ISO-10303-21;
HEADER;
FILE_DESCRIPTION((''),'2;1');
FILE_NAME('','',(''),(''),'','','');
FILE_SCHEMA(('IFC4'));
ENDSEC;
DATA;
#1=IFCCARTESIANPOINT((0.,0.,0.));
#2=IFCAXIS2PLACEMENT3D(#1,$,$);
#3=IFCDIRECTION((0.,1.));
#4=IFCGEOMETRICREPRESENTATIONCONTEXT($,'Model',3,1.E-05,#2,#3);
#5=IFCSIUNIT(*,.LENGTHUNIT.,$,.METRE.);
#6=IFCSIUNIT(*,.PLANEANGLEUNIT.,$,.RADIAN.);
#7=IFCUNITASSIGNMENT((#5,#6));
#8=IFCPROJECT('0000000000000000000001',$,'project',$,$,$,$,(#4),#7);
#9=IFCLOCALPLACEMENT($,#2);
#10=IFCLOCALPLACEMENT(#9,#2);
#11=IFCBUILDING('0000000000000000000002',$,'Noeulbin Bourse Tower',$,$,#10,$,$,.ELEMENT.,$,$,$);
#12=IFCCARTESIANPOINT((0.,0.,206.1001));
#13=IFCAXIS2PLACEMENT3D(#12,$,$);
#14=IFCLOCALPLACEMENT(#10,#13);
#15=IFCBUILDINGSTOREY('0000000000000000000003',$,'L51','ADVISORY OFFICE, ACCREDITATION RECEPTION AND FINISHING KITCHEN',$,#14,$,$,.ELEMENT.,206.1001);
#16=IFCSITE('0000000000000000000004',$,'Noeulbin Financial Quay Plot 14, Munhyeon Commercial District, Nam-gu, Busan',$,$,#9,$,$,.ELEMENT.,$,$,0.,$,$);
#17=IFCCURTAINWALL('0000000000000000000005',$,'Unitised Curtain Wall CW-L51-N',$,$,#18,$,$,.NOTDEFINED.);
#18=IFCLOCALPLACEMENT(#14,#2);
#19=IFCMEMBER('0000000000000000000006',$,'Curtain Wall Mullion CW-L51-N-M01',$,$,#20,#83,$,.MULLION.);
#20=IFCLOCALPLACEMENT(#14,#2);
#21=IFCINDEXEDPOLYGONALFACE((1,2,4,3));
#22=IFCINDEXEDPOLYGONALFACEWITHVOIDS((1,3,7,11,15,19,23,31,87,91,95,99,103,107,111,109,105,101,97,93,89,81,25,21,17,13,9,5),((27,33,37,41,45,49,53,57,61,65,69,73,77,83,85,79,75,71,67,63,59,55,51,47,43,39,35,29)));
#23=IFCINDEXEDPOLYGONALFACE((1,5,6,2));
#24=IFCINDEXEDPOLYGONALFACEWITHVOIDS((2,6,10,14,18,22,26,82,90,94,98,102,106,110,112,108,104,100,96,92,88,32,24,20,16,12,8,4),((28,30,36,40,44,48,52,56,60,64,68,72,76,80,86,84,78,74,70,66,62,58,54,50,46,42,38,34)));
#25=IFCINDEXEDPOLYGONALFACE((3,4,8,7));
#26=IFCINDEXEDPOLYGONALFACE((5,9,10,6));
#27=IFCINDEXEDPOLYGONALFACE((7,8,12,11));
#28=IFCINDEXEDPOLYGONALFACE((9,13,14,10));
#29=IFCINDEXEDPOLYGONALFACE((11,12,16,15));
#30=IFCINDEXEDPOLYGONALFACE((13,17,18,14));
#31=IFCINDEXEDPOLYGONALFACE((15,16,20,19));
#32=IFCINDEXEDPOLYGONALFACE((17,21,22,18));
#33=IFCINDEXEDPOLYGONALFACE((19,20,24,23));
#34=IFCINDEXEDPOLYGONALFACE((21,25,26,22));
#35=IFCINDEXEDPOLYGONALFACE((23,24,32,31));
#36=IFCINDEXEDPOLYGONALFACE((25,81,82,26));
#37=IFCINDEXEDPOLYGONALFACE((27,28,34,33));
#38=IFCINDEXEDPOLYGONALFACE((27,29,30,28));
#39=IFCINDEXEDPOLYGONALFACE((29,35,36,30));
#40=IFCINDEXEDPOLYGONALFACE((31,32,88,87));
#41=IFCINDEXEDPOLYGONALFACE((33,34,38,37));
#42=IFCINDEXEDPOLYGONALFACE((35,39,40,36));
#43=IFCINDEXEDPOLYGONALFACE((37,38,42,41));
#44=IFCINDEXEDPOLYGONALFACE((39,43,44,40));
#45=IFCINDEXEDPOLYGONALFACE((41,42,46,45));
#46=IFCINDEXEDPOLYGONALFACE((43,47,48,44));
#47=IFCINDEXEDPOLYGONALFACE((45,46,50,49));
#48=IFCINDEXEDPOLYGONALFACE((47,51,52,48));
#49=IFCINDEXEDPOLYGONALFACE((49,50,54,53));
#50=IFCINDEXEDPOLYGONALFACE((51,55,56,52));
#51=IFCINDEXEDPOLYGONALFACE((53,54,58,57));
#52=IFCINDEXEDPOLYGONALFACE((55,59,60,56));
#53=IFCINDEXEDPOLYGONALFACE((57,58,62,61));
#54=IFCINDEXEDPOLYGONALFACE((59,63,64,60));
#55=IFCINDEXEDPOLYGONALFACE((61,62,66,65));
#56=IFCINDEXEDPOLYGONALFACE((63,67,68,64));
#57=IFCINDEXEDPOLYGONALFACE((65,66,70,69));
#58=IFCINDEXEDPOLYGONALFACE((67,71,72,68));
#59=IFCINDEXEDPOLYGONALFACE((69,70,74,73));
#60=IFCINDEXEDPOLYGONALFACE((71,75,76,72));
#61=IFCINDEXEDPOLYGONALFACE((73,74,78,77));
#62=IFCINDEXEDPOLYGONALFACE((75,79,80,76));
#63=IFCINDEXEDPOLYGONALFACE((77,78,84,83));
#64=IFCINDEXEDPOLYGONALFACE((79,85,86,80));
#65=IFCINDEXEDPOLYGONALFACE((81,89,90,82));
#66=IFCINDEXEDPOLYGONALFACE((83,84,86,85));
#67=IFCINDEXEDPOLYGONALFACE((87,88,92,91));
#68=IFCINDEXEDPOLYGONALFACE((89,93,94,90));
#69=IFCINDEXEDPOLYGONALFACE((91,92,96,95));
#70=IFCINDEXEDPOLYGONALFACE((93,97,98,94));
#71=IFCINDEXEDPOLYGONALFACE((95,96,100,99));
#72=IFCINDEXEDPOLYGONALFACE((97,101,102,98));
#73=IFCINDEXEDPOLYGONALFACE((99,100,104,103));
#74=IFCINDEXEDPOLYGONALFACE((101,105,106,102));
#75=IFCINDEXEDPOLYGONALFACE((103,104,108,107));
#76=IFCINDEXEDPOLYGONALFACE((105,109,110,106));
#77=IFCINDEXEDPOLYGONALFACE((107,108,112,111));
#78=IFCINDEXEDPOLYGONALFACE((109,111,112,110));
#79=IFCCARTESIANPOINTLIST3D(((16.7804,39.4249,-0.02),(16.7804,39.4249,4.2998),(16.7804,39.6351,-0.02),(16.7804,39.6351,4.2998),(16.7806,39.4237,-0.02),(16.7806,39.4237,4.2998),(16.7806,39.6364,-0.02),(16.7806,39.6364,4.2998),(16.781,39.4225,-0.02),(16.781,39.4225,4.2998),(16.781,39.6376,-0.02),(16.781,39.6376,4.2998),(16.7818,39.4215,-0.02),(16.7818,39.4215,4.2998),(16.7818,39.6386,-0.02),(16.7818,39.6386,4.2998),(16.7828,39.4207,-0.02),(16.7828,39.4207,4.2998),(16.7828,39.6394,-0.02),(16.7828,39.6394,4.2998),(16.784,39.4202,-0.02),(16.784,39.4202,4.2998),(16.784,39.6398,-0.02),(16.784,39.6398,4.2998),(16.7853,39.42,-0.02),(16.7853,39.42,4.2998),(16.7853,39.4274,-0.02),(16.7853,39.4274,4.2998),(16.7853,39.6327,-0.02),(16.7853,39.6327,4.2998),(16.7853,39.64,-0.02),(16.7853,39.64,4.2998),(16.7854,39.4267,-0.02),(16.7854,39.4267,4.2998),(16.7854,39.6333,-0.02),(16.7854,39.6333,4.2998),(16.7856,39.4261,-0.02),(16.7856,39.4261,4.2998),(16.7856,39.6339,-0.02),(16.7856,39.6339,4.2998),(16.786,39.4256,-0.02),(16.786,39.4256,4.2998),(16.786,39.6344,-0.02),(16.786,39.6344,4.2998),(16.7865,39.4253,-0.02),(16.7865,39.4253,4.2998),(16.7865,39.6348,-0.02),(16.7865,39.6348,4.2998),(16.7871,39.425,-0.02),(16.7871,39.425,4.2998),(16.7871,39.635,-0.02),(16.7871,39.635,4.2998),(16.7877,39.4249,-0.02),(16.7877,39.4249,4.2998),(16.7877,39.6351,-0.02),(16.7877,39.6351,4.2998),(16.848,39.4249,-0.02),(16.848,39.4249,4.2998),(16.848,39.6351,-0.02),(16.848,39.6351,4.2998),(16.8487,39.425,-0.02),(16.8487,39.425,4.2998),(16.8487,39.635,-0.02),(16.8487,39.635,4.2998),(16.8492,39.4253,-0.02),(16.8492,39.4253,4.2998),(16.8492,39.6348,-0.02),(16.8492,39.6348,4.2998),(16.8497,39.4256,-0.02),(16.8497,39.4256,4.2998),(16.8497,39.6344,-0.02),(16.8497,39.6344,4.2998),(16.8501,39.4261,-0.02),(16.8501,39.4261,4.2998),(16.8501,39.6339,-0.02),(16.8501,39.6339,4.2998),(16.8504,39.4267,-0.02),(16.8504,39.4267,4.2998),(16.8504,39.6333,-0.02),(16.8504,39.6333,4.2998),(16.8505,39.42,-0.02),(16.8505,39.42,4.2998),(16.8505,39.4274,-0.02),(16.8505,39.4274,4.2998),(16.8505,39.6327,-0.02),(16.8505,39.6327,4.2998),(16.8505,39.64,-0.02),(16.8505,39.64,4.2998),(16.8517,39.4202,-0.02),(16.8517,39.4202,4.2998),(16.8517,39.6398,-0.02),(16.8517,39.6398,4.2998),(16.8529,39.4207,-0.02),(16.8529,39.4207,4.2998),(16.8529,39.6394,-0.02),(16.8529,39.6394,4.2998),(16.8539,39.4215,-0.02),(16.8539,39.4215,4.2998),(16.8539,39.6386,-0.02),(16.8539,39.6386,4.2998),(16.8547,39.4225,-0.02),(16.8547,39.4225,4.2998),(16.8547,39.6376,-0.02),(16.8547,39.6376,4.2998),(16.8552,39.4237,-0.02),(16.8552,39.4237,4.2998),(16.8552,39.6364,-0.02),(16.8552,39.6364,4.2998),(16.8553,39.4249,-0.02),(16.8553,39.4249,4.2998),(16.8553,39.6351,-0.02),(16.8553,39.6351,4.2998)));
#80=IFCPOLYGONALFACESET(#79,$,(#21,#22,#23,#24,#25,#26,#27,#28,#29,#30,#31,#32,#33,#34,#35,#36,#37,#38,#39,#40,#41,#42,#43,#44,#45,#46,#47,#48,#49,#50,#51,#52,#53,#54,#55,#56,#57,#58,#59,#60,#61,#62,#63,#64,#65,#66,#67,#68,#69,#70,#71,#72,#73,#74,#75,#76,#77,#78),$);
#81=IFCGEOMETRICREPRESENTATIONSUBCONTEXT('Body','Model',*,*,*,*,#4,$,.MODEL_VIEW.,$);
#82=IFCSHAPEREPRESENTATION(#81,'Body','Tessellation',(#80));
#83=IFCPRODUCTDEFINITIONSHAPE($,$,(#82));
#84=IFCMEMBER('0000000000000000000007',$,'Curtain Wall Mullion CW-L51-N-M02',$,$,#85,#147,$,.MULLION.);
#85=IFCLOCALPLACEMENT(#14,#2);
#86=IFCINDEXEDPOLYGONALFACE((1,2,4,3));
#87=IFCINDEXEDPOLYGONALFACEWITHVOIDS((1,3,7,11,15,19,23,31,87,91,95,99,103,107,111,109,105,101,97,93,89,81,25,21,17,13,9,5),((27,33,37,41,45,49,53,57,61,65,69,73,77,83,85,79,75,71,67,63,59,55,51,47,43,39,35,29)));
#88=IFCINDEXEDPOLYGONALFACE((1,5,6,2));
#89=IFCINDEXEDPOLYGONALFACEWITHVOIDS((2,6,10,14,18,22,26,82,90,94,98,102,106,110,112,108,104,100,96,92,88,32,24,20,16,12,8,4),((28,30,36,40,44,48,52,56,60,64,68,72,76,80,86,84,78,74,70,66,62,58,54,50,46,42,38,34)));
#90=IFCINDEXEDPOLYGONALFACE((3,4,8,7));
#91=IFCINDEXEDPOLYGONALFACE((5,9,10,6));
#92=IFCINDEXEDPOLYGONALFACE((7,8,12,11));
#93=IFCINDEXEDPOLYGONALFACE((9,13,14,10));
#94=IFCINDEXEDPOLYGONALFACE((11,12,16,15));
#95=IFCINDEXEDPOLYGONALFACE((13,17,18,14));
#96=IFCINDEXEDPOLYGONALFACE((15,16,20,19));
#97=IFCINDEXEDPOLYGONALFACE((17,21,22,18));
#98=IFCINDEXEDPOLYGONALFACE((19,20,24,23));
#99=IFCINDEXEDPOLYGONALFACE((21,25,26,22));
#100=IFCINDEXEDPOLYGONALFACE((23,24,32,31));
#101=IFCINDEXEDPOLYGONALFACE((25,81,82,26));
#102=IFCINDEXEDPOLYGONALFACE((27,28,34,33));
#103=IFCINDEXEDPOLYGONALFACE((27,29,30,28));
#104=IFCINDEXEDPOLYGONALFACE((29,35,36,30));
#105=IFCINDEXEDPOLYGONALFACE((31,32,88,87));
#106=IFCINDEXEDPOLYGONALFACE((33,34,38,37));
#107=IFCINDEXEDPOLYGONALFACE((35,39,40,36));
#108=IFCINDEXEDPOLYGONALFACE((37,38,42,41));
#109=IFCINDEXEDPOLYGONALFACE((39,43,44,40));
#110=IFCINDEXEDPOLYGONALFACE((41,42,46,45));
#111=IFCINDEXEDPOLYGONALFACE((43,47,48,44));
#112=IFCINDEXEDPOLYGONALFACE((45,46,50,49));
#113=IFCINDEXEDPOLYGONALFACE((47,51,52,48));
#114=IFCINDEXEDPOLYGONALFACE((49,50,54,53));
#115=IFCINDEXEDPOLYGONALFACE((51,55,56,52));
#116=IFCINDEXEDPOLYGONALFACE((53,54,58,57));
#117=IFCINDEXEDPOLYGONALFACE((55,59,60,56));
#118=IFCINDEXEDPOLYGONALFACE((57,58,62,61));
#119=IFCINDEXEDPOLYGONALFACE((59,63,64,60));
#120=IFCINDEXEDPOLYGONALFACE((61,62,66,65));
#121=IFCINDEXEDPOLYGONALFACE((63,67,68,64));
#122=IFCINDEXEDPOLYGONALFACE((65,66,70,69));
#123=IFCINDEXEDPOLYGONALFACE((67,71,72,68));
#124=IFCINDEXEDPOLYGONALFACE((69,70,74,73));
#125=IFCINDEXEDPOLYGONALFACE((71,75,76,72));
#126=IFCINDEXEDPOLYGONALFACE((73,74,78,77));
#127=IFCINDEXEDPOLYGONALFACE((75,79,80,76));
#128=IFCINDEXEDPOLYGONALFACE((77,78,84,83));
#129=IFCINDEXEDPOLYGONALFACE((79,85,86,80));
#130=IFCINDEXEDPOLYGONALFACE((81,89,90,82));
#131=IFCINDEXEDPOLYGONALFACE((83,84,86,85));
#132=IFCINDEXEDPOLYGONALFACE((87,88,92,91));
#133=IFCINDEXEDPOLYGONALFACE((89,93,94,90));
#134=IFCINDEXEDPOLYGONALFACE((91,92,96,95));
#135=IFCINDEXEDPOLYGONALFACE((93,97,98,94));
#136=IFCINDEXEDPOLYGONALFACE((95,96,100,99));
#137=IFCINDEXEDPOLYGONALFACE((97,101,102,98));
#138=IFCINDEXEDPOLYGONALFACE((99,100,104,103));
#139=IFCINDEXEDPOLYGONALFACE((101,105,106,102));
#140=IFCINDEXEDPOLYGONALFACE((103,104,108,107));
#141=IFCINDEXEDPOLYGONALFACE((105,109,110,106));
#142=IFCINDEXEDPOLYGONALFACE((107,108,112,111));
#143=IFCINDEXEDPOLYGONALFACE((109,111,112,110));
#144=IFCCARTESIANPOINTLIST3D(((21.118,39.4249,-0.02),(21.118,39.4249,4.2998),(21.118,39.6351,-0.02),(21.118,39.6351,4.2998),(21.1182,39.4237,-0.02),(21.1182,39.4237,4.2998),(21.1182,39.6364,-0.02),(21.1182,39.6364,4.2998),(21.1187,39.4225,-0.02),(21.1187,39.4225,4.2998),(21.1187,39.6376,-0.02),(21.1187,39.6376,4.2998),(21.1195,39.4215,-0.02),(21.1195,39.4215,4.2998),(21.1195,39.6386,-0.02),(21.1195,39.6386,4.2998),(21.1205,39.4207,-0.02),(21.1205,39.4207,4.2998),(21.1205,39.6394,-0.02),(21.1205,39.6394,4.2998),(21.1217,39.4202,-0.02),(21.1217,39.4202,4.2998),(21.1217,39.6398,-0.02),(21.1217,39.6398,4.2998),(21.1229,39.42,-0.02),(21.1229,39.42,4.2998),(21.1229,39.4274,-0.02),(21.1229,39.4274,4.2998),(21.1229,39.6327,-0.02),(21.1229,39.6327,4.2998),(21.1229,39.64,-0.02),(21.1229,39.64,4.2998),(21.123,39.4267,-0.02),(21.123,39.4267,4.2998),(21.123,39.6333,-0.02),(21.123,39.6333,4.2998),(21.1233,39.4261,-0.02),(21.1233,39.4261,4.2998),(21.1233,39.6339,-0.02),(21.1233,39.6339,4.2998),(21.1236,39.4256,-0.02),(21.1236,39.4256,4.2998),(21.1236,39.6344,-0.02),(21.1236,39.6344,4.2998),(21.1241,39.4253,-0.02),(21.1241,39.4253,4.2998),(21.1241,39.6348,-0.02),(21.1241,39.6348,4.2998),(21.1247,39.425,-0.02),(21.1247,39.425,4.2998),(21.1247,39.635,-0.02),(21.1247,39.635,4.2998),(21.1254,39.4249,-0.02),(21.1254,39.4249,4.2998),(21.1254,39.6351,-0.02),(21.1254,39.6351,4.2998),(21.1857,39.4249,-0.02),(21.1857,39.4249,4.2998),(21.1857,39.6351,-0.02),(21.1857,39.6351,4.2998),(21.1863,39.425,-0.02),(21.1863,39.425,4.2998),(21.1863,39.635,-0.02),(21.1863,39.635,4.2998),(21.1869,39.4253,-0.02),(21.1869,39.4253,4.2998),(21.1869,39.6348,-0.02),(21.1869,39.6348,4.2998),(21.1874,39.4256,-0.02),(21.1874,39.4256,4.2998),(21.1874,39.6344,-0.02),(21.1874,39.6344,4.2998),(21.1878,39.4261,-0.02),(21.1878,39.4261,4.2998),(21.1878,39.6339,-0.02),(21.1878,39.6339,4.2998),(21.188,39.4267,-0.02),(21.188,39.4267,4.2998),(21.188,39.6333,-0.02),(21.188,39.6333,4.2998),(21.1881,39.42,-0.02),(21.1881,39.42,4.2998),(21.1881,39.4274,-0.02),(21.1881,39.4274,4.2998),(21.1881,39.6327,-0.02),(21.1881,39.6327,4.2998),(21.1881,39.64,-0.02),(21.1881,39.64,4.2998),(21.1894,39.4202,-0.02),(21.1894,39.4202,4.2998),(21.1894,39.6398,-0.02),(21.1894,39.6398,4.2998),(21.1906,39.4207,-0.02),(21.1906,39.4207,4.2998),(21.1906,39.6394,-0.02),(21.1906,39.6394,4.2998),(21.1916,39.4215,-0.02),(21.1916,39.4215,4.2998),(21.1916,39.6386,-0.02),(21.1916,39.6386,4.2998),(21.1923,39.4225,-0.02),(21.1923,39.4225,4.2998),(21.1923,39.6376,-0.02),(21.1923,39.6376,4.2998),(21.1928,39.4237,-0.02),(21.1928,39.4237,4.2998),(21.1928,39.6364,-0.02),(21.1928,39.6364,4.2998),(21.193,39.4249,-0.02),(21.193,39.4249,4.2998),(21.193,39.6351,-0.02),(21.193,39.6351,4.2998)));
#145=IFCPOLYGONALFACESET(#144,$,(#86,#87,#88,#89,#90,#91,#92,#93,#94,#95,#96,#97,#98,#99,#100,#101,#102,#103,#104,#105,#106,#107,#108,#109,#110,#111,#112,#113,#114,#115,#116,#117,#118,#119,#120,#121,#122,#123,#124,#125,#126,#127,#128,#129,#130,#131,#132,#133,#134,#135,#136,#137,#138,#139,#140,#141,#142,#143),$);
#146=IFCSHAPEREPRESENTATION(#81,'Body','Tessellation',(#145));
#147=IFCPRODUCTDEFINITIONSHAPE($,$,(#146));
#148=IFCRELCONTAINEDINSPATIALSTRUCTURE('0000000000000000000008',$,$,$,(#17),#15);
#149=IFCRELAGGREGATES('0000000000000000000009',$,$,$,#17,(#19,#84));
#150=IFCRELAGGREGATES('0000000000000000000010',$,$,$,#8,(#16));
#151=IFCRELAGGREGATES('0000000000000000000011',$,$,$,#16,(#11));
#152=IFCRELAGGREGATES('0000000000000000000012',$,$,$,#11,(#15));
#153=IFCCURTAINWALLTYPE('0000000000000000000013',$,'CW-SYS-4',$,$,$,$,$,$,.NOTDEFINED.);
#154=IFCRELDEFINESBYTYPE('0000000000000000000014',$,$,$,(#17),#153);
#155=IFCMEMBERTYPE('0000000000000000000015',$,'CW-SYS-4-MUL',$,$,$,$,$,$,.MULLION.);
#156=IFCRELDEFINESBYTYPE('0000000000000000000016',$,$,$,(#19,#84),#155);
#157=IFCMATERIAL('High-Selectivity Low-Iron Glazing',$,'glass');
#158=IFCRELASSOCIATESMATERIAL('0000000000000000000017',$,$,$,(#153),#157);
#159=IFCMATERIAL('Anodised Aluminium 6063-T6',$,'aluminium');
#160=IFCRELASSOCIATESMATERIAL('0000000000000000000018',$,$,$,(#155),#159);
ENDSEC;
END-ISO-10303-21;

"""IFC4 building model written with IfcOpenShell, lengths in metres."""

from ifc_helpers import new_model, si_unit, direction, frame, origin, origin_2d, place, context, subcontext, project, spatial, hollow_rectangle, extrude, material, material_profile, profile_set, type_object, element, aggregate, save


model = new_model("IFC4")

# Units and contexts
model_context = context("Model", 3, precision=1e-05, world=origin(), true_north=direction((0.0, 1.0)))
body_context = subcontext(model_context, "Body", "Model", "MODEL_VIEW")
ifc_project = project(units=[si_unit("LENGTHUNIT", "METRE"), si_unit("PLANEANGLEUNIT", "RADIAN")], contexts=[model_context])

# Site, building, storey
site_placement = place(None, origin())
site = spatial("IfcSite", under=ifc_project, at=site_placement, Name="Noeulbin Financial Quay Plot 14, Munhyeon Commercial District, Nam-gu, Busan", CompositionType="ELEMENT", RefElevation=0.0)
building_placement = place(site_placement, origin())
building = spatial("IfcBuilding", under=site, at=building_placement, Name="Noeulbin Bourse Tower", CompositionType="ELEMENT")
storey_placement = place(building_placement, frame((0.0, 0.0, 206.1001)))
storey = spatial("IfcBuildingStorey", under=building, at=storey_placement, Name="L51", Description="ADVISORY OFFICE, ACCREDITATION RECEPTION AND FINISHING KITCHEN", CompositionType="ELEMENT", Elevation=206.1001)

# Curtain wall, members
ifc_material_1 = material(Name="High-Selectivity Low-Iron Glazing", Category="glass")
curtain_wall_type = type_object("IfcCurtainWallType", Name="CW-SYS-4", PredefinedType="NOTDEFINED", material=ifc_material_1)
curtain_wall_placement = place(storey_placement, origin())
curtain_wall = element("IfcCurtainWall", 1, at=curtain_wall_placement, inside=storey, type_object=curtain_wall_type, Name="Unitised Curtain Wall CW-L51-N", PredefinedType="NOTDEFINED")
ifc_material_2 = material(Name="Anodised Aluminium 6063-T6", Category="aluminium")
ifc_material_profile_1 = material_profile(ifc_material_2, hollow_rectangle(XDim=0.075, YDim=0.22, WallThickness=0.0049, InnerFilletRadius=0.0024, OuterFilletRadius=0.0049, at=origin_2d()), Name="ALU-MULL-75x220x5", Category="LoadBearing")
ifc_profile_set_1 = profile_set([ifc_material_profile_1], Name="Anodised Aluminium 6063-T6")
member_type = type_object("IfcMemberType", Name="CW-SYS-4-MUL", PredefinedType="MULLION", material=ifc_profile_set_1)
member_1_placement = place(storey_placement, frame((16.8179, 39.53, -0.02), z_axis=(0.0, 0.0, 1.0), x_axis=(1.0, 0.0, 0.0)))
member_1 = element("IfcMember", 2, at=member_1_placement, type_object=member_type, Name="Curtain Wall Mullion CW-L51-N-M01", PredefinedType="MULLION", context=body_context, shape_type="SweptSolid", body=[
    extrude(hollow_rectangle(XDim=0.075, YDim=0.22, WallThickness=0.0049, InnerFilletRadius=0.0024, OuterFilletRadius=0.0049, at=origin_2d()), origin(), (0.0, 0.0, 1.0), 4.3198),
])
member_2_placement = place(storey_placement, frame((21.1555, 39.53, -0.02), z_axis=(0.0, 0.0, 1.0), x_axis=(1.0, 0.0, 0.0)))
member_2 = element("IfcMember", 3, at=member_2_placement, type_object=member_type, Name="Curtain Wall Mullion CW-L51-N-M02", PredefinedType="MULLION", context=body_context, shape_type="SweptSolid", body=[
    extrude(hollow_rectangle(XDim=0.075, YDim=0.22, WallThickness=0.0049, InnerFilletRadius=0.0024, OuterFilletRadius=0.0049, at=origin_2d()), origin(), (0.0, 0.0, 1.0), 4.3198),
])
aggregate(curtain_wall, [member_1, member_2])

save(model, "model.ifc")
